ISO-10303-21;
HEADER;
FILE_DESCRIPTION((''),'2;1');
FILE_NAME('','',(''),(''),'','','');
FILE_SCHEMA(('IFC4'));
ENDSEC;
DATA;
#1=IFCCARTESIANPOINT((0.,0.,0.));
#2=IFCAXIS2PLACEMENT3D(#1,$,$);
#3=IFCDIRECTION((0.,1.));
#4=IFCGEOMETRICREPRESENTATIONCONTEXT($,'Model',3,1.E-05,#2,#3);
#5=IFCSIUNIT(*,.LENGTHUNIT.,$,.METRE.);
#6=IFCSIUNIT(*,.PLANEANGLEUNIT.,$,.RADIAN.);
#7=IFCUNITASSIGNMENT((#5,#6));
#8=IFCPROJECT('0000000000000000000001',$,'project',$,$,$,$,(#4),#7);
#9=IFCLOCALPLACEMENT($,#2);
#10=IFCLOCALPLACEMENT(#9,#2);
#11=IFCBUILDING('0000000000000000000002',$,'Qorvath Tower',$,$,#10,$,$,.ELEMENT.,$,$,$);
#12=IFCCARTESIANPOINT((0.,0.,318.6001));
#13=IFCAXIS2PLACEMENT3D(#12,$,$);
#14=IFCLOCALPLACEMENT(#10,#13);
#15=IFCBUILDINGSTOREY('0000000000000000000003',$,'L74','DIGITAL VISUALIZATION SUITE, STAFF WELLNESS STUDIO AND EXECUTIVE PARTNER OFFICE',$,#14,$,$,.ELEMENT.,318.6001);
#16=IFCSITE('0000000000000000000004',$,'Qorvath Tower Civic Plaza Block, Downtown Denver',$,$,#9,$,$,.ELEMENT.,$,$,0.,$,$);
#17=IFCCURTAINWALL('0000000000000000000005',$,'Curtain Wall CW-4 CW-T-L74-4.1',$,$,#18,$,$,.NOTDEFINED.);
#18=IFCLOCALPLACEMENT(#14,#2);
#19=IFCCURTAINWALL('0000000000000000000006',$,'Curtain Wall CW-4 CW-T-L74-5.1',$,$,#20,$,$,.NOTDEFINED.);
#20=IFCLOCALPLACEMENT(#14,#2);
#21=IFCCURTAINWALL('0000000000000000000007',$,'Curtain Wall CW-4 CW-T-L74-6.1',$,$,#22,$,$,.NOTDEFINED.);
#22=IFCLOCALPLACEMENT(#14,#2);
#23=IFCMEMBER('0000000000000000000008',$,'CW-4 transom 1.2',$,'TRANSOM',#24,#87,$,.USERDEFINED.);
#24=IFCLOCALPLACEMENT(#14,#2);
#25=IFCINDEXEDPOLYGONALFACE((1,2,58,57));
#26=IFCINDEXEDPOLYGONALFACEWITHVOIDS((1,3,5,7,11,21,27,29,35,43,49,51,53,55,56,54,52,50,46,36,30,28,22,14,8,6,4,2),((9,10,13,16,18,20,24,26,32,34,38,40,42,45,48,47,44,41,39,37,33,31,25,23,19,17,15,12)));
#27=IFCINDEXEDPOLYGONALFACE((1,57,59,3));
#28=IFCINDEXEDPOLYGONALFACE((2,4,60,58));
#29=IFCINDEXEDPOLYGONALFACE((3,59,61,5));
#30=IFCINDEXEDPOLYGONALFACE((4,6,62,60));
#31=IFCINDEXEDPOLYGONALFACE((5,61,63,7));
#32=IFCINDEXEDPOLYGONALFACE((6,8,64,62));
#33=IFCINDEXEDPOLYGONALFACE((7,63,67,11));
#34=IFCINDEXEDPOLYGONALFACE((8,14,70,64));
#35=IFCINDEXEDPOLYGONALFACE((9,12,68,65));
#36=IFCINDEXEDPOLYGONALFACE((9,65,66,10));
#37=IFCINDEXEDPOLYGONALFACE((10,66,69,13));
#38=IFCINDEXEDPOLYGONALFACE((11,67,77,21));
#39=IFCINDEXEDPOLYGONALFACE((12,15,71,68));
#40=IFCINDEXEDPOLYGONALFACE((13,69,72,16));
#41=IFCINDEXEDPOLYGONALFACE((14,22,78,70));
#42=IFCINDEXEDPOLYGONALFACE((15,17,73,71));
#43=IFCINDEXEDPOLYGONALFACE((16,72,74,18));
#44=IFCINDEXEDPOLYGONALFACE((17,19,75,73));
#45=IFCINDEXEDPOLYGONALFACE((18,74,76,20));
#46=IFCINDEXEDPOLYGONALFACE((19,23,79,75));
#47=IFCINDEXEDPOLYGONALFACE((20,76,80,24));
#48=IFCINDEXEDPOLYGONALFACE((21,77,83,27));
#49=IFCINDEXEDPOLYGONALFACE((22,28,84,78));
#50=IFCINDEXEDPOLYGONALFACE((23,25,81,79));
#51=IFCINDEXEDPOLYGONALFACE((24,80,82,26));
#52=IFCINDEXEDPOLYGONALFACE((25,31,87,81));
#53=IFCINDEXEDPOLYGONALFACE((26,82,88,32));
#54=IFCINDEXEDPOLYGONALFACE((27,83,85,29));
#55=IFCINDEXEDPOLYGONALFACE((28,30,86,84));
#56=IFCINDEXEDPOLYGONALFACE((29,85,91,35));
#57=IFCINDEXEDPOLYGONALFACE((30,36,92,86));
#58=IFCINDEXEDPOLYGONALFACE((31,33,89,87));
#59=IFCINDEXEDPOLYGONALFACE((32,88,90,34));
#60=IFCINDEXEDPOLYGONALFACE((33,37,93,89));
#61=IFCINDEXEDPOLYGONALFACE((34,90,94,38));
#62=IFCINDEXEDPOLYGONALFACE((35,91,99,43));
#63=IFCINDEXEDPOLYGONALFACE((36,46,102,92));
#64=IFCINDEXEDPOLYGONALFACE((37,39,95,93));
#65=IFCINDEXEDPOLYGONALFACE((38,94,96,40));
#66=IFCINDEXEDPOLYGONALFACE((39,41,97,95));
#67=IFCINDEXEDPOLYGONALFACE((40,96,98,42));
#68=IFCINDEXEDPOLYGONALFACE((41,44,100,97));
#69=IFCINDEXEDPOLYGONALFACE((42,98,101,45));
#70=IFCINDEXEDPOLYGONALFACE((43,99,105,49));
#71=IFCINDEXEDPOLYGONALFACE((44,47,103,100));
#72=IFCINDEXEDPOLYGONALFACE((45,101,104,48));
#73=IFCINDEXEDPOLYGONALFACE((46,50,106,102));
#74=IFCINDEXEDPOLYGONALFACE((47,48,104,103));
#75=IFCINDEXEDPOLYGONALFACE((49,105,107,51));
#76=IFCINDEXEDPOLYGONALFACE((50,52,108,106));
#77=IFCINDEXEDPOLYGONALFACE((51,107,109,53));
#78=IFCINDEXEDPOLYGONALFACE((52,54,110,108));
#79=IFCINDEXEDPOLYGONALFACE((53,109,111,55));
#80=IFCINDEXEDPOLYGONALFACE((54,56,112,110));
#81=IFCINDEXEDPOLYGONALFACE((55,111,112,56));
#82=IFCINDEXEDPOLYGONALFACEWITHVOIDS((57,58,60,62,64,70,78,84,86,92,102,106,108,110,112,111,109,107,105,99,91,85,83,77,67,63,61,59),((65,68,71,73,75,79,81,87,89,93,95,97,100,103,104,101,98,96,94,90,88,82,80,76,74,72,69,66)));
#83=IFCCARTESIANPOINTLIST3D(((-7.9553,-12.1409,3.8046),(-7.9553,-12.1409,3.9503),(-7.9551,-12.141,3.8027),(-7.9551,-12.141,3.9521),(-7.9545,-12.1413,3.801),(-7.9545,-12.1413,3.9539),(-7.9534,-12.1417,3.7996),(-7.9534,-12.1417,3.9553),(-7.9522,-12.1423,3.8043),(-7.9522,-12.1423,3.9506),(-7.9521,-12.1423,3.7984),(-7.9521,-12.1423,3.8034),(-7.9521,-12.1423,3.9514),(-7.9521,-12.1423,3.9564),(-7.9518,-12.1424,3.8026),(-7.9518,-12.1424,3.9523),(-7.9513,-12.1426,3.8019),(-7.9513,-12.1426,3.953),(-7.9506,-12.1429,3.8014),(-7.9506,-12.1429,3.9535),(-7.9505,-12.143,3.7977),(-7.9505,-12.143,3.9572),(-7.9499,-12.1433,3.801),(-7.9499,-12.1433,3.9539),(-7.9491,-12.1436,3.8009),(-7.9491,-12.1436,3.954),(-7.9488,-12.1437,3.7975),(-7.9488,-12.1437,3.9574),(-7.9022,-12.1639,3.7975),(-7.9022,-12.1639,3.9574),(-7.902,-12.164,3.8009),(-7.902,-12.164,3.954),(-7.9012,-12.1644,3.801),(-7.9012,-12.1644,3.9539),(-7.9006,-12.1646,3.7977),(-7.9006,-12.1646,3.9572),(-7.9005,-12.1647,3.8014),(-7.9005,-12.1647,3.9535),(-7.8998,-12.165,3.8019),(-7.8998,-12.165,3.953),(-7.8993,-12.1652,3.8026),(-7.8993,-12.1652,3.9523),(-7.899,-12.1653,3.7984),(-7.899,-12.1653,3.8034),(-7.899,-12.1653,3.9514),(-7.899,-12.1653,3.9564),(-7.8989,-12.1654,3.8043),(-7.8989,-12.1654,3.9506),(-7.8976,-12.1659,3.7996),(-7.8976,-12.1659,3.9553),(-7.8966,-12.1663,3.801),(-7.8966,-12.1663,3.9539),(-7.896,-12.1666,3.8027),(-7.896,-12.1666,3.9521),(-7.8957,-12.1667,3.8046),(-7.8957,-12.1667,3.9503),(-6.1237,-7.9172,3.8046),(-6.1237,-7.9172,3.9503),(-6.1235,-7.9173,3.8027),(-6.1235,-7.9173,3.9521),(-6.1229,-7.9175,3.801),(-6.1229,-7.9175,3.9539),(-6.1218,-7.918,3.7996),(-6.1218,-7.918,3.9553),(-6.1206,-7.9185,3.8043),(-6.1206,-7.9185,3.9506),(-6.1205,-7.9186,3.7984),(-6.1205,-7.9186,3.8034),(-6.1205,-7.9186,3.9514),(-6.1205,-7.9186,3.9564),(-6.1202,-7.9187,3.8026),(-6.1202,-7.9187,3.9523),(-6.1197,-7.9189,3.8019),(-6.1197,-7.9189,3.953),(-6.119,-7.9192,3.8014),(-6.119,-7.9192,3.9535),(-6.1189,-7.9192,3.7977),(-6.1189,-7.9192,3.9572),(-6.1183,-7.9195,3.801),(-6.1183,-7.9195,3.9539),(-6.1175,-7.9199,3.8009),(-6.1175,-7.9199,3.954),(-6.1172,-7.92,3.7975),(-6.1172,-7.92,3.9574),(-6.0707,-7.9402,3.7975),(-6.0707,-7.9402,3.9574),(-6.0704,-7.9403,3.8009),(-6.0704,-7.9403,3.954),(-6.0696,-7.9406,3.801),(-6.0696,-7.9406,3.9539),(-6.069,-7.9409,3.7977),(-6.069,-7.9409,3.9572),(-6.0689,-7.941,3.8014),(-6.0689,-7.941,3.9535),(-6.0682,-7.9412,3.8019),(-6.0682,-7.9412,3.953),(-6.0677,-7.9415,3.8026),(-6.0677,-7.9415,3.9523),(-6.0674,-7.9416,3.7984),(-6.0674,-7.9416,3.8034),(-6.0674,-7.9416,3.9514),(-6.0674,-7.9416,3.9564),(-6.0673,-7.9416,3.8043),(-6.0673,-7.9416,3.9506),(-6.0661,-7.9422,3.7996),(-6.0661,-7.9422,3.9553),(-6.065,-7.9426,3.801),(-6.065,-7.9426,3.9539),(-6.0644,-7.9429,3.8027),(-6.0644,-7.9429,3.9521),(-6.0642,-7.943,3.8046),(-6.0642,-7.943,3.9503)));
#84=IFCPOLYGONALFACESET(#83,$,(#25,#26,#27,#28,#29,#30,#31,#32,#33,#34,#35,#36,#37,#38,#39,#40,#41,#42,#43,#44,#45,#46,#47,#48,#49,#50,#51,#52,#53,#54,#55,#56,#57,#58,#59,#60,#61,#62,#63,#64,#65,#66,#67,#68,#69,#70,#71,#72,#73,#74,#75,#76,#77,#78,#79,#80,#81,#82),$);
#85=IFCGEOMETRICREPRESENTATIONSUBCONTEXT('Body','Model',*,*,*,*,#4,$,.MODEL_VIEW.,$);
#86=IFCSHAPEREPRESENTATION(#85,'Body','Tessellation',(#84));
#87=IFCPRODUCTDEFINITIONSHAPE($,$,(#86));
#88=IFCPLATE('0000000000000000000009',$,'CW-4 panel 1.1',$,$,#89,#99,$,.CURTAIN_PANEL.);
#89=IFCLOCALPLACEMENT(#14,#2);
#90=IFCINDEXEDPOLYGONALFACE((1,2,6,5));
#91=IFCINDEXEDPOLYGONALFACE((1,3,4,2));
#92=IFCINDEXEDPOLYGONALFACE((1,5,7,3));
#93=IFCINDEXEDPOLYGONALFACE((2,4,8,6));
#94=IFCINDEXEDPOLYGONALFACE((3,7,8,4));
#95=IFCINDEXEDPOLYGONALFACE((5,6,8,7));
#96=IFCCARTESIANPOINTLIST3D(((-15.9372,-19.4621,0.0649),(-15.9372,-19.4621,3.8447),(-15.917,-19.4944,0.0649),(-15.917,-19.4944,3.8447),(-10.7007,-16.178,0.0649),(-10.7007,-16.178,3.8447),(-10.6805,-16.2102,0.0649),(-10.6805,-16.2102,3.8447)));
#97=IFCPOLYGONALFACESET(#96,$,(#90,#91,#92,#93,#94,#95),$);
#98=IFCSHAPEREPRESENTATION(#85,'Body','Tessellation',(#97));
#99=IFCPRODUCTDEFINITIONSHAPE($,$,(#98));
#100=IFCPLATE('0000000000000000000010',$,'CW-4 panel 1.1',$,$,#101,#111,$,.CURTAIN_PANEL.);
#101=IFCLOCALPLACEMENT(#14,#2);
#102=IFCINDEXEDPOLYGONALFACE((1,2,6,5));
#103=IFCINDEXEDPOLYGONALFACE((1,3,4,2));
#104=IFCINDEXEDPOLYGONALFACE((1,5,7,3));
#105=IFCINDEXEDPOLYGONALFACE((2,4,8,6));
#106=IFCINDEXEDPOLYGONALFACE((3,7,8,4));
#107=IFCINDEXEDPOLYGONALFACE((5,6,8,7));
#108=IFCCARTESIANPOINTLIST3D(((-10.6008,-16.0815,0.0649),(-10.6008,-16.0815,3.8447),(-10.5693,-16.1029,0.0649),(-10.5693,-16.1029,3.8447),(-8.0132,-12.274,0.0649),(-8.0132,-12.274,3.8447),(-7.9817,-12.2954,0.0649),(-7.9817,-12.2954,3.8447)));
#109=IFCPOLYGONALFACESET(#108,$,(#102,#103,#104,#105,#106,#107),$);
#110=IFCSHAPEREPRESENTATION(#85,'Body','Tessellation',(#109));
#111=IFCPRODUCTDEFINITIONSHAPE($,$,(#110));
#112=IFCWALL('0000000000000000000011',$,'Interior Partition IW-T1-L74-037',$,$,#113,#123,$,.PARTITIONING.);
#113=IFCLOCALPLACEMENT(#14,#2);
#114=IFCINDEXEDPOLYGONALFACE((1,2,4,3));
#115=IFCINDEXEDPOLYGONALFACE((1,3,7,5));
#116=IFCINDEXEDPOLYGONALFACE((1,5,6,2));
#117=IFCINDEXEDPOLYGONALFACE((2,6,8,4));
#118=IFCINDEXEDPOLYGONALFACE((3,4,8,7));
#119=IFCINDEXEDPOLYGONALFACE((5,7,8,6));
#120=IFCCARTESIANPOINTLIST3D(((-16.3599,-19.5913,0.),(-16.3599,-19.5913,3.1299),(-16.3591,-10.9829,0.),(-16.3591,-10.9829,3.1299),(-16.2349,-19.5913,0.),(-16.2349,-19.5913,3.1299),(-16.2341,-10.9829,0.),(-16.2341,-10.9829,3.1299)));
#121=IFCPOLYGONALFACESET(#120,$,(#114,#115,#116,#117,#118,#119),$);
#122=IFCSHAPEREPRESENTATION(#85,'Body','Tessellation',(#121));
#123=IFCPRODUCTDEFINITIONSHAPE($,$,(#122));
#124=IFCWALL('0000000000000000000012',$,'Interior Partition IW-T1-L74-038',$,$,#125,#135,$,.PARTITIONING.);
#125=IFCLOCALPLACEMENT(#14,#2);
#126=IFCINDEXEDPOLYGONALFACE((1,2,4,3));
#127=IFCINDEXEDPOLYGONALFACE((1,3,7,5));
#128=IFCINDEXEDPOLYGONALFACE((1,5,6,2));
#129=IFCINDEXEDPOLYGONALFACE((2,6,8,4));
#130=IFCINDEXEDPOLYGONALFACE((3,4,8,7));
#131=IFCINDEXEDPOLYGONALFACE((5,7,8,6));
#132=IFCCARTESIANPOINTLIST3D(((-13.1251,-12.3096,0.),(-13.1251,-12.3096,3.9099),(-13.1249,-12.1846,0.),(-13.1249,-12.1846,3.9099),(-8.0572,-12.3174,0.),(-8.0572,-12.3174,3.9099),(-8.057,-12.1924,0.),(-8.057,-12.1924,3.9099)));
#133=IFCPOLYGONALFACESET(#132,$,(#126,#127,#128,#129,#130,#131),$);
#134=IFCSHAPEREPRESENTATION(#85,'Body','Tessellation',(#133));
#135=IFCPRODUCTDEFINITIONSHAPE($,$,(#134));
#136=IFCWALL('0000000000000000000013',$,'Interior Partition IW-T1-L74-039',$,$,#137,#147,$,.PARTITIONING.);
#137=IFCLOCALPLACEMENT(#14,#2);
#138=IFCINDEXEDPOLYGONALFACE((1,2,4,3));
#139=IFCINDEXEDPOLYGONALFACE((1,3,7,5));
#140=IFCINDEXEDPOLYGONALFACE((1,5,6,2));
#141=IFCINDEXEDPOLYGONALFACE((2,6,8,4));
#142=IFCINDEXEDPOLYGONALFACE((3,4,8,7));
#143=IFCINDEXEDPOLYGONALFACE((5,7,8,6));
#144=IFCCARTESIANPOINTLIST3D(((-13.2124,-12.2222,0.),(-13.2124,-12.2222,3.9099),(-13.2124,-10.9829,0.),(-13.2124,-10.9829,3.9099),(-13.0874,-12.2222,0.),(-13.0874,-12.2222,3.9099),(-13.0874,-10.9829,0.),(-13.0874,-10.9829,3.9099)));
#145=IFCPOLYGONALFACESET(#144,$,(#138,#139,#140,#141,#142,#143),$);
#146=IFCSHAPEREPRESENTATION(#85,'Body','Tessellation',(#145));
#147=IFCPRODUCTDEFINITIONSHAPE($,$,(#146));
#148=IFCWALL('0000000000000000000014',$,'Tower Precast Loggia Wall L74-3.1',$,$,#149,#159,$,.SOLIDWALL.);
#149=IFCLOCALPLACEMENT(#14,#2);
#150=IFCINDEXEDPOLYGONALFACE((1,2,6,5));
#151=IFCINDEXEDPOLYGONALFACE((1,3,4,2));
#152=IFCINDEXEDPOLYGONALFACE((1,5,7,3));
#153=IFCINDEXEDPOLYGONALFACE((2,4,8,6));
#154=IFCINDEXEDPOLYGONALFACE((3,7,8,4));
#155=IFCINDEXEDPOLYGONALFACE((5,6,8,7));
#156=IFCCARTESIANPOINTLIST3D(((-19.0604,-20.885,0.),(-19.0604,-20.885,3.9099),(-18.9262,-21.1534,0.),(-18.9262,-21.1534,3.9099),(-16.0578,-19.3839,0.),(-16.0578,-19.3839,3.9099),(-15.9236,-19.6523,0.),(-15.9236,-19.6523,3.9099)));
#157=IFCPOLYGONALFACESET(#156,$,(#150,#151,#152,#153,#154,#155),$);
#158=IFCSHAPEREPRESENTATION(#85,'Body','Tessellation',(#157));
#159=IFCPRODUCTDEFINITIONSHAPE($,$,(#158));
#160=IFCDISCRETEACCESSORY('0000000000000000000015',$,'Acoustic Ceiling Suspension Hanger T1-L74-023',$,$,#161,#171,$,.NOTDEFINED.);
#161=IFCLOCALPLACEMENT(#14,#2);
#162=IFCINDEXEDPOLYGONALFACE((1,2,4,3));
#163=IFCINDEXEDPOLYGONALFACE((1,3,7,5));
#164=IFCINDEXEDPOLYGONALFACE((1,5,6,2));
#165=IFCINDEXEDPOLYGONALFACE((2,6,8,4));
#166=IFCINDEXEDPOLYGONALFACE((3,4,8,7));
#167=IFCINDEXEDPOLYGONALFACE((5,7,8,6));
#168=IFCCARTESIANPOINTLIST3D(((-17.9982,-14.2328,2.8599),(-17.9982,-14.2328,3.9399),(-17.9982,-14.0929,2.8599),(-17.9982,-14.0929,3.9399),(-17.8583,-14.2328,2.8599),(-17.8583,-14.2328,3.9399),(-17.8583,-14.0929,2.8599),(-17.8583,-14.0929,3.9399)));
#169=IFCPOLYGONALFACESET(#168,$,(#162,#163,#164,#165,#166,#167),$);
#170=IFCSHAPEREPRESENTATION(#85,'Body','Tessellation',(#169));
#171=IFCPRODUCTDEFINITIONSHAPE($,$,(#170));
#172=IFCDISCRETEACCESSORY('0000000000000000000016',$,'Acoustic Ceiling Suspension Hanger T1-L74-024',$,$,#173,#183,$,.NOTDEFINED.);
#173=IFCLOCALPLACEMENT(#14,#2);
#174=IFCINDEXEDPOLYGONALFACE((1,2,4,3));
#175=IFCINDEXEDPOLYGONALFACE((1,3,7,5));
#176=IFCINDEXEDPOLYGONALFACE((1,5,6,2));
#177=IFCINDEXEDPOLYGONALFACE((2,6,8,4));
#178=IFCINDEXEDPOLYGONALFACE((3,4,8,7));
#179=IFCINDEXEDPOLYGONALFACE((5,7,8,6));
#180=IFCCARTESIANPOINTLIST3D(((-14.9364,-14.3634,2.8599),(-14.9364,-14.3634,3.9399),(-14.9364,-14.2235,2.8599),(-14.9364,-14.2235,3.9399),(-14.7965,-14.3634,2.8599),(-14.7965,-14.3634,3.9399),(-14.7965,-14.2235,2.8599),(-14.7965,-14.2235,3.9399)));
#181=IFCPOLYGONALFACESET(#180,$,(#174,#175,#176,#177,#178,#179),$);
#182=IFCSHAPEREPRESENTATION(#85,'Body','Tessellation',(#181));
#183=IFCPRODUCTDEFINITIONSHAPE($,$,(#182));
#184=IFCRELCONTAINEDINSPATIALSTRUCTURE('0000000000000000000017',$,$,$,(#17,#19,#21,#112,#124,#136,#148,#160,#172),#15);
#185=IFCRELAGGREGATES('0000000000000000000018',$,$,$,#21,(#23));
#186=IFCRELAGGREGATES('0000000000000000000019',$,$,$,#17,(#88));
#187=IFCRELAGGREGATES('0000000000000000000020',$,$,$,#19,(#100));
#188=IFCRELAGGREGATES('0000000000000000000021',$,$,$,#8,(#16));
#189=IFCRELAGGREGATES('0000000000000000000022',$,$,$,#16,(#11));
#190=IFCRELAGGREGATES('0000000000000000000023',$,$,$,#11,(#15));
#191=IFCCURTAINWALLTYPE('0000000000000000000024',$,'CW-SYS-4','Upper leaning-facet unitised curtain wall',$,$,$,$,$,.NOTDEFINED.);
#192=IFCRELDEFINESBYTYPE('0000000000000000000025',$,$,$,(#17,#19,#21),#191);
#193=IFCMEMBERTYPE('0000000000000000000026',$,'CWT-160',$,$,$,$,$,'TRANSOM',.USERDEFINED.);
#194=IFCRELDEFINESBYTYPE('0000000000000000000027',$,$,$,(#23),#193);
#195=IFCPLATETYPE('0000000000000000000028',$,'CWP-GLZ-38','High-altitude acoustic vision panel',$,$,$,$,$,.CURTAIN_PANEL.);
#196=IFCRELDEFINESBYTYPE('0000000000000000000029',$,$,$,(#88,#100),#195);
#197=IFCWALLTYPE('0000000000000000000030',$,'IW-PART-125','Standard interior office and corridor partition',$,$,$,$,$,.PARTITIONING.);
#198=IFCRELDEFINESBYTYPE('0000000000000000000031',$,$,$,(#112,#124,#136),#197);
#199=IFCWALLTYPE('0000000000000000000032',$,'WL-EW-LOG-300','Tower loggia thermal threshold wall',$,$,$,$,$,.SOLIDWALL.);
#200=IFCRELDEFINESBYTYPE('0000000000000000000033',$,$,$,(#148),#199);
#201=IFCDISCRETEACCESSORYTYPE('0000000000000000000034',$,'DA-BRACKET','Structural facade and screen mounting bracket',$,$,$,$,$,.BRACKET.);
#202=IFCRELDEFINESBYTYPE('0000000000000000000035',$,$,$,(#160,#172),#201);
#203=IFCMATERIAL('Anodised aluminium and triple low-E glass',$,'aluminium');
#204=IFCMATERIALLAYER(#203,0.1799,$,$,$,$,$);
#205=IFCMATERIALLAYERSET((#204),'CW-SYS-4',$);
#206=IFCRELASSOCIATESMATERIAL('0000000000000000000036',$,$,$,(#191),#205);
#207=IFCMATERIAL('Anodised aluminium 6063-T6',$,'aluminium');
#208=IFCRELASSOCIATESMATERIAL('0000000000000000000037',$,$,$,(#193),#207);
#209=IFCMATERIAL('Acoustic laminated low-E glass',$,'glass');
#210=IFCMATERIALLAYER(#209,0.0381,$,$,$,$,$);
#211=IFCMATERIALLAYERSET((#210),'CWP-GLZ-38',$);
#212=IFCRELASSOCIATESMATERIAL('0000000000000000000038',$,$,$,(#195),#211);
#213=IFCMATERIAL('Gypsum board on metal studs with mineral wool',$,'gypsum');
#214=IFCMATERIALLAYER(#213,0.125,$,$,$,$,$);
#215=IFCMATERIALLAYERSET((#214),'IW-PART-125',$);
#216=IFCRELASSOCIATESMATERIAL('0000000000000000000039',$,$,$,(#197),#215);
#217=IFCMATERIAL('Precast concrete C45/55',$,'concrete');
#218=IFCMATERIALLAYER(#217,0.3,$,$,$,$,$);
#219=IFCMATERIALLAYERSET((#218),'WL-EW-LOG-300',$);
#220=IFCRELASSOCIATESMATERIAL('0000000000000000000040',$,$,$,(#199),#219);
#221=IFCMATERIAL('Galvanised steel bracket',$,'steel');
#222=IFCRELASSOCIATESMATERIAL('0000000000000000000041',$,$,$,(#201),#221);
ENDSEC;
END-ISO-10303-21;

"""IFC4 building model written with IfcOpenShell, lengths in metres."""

from ifc_helpers import new_model, si_unit, direction, frame, frame_2d, origin, origin_2d, place, context, subcontext, project, spatial, rectangle, hollow_rectangle, extrude, material, layer, layer_set, material_profile, profile_set, type_object, element, aggregate, save


model = new_model("IFC4")

# Units and contexts
model_context = context("Model", 3, precision=1e-05, world=origin(), true_north=direction((0.0, 1.0)))
body_context = subcontext(model_context, "Body", "Model", "MODEL_VIEW")
ifc_project = project(units=[si_unit("LENGTHUNIT", "METRE"), si_unit("PLANEANGLEUNIT", "RADIAN")], contexts=[model_context])

# Site, building, storey
site_placement = place(None, origin())
site = spatial("IfcSite", under=ifc_project, at=site_placement, Name="Qorvath Tower Civic Plaza Block, Downtown Denver", CompositionType="ELEMENT", RefElevation=0.0)
building_placement = place(site_placement, origin())
building = spatial("IfcBuilding", under=site, at=building_placement, Name="Qorvath Tower", CompositionType="ELEMENT")
storey_placement = place(building_placement, frame((0.0, 0.0, 318.6001)))
storey = spatial("IfcBuildingStorey", under=building, at=storey_placement, Name="L74", Description="DIGITAL VISUALIZATION SUITE, STAFF WELLNESS STUDIO AND EXECUTIVE PARTNER OFFICE", CompositionType="ELEMENT", Elevation=318.6001)

# Shared definitions
ifc_material_1 = material(Name="Anodised aluminium and triple low-E glass", Category="aluminium")
ifc_layer_1 = layer(ifc_material_1, 0.1799)
ifc_layer_set_1 = layer_set([ifc_layer_1], Name="CW-SYS-4")
curtain_wall_type = type_object("IfcCurtainWallType", Name="CW-SYS-4", Description="Upper leaning-facet unitised curtain wall", PredefinedType="NOTDEFINED", material=ifc_layer_set_1)

# Curtain walls
curtain_wall_1_placement = place(storey_placement, origin())
curtain_wall_1 = element("IfcCurtainWall", 1, at=curtain_wall_1_placement, inside=storey, type_object=curtain_wall_type, Name="Curtain Wall CW-4 CW-T-L74-4.1", PredefinedType="NOTDEFINED")
curtain_wall_2_placement = place(storey_placement, origin())
curtain_wall_2 = element("IfcCurtainWall", 2, at=curtain_wall_2_placement, inside=storey, type_object=curtain_wall_type, Name="Curtain Wall CW-4 CW-T-L74-5.1", PredefinedType="NOTDEFINED")

# Curtain wall
curtain_wall_3_placement = place(storey_placement, origin())
curtain_wall_3 = element("IfcCurtainWall", 3, at=curtain_wall_3_placement, inside=storey, type_object=curtain_wall_type, Name="Curtain Wall CW-4 CW-T-L74-6.1", PredefinedType="NOTDEFINED")

# Member
ifc_material_2 = material(Name="Anodised aluminium 6063-T6", Category="aluminium")
ifc_material_profile_1 = material_profile(ifc_material_2, hollow_rectangle(XDim=0.0649, YDim=0.1599, WallThickness=0.0034, InnerFilletRadius=0.0034, OuterFilletRadius=0.0071, at=origin_2d()), Name="CWT 160x65")
ifc_profile_set_1 = profile_set([ifc_material_profile_1], Name="Anodised aluminium 6063-T6")
member_type_1 = type_object("IfcMemberType", Name="CWT-160", ElementType="TRANSOM", PredefinedType="USERDEFINED", material=ifc_profile_set_1)
member_1_placement = place(storey_placement, frame((-7.9255, -12.1538, 3.8774), z_axis=(0.397846, 0.917452, 0.0), x_axis=(-0.917452, 0.397846, 0.0)))
member_1 = element("IfcMember", 4, at=member_1_placement, type_object=member_type_1, Name="CW-4 transom 1.2", ObjectType="TRANSOM", PredefinedType="USERDEFINED", context=body_context, shape_type="SweptSolid", body=[
    extrude(hollow_rectangle(XDim=0.0649, YDim=0.1599, WallThickness=0.0034, InnerFilletRadius=0.0034, OuterFilletRadius=0.0071, at=origin_2d()), origin(), (0.0, 0.0, 1.0), 4.6038),
])
aggregate(curtain_wall_3, [member_1])

# Plates
ifc_material_3 = material(Name="Acoustic laminated low-E glass", Category="glass")
ifc_layer_2 = layer(ifc_material_3, 0.0381)
ifc_layer_set_2 = layer_set([ifc_layer_2], Name="CWP-GLZ-38")
plate_type = type_object("IfcPlateType", Name="CWP-GLZ-38", Description="High-altitude acoustic vision panel", PredefinedType="CURTAIN_PANEL", material=ifc_layer_set_2)
plate_1_placement = place(storey_placement, frame((-13.3088, -17.8362, 0.0649), z_axis=(0.0, 0.0, 1.0), x_axis=(0.847173, 0.531317, 0.0)))
plate_1 = element("IfcPlate", 5, at=plate_1_placement, type_object=plate_type, Name="CW-4 panel 1.1", PredefinedType="CURTAIN_PANEL", context=body_context, shape_type="SweptSolid", body=[
    extrude(rectangle(XDim=6.1812, YDim=0.0381, at=origin_2d()), origin(), (0.0, 0.0, 1.0), 3.7798),
])
aggregate(curtain_wall_1, [plate_1])
plate_2_placement = place(storey_placement, frame((-9.2913, -14.1885, 0.0649), z_axis=(0.0, 0.0, 1.0), x_axis=(0.562082, 0.827082, 0.0)))
plate_2 = element("IfcPlate", 6, at=plate_2_placement, type_object=plate_type, Name="CW-4 panel 1.1", PredefinedType="CURTAIN_PANEL", context=body_context, shape_type="SweptSolid", body=[
    extrude(rectangle(XDim=4.6035, YDim=0.0381, at=origin_2d()), origin(), (0.0, 0.0, 1.0), 3.7798),
])
aggregate(curtain_wall_2, [plate_2])

# Walls
ifc_material_4 = material(Name="Gypsum board on metal studs with mineral wool", Category="gypsum")
ifc_layer_3 = layer(ifc_material_4, 0.125)
ifc_layer_set_3 = layer_set([ifc_layer_3], Name="IW-PART-125")
wall_type_1 = type_object("IfcWallType", Name="IW-PART-125", Description="Standard interior office and corridor partition", PredefinedType="PARTITIONING", material=ifc_layer_set_3)
wall_1_placement = place(storey_placement, frame((-16.2974, -19.5913, 0.0), z_axis=(0.0, 0.0, 1.0), x_axis=(0.000085, 1.0, 0.0)))
element("IfcWall", 7, at=wall_1_placement, inside=storey, type_object=wall_type_1, Name="Interior Partition IW-T1-L74-037", PredefinedType="PARTITIONING", context=body_context, shape_type="SweptSolid", body=[
    extrude(rectangle(XDim=8.6084, YDim=0.125, at=frame_2d((4.3042, 0.0))), origin(), (0.0, 0.0, 1.0), 3.1299),
])
wall_2_placement = place(storey_placement, frame((-8.0571, -12.2549, 0.0), z_axis=(0.0, 0.0, 1.0), x_axis=(-0.999999, 0.001542, 0.0)))
element("IfcWall", 8, at=wall_2_placement, inside=storey, type_object=wall_type_1, Name="Interior Partition IW-T1-L74-038", PredefinedType="PARTITIONING", context=body_context, shape_type="SweptSolid", body=[
    extrude(rectangle(XDim=5.0679, YDim=0.125, at=frame_2d((2.5339, 0.0))), origin(), (0.0, 0.0, 1.0), 3.9099),
])
wall_3_placement = place(storey_placement, frame((-13.1499, -12.2222, 0.0), z_axis=(0.0, 0.0, 1.0), x_axis=(0.0, 1.0, 0.0)))
element("IfcWall", 9, at=wall_3_placement, inside=storey, type_object=wall_type_1, Name="Interior Partition IW-T1-L74-039", PredefinedType="PARTITIONING", context=body_context, shape_type="SweptSolid", body=[
    extrude(rectangle(XDim=1.2393, YDim=0.125, at=frame_2d((0.6196, 0.0))), origin(), (0.0, 0.0, 1.0), 3.9099),
])
ifc_material_5 = material(Name="Precast concrete C45/55", Category="concrete")
ifc_layer_4 = layer(ifc_material_5, 0.3)
ifc_layer_set_4 = layer_set([ifc_layer_4], Name="WL-EW-LOG-300")
wall_type_2 = type_object("IfcWallType", Name="WL-EW-LOG-300", Description="Tower loggia thermal threshold wall", PredefinedType="SOLIDWALL", material=ifc_layer_set_4)
wall_4_placement = place(storey_placement, frame((-15.9907, -19.5181, 0.0), z_axis=(0.0, 0.0, 1.0), x_axis=(-0.894442, -0.447185, 0.0)))
element("IfcWall", 10, at=wall_4_placement, inside=storey, type_object=wall_type_2, Name="Tower Precast Loggia Wall L74-3.1", PredefinedType="SOLIDWALL", context=body_context, shape_type="SweptSolid", body=[
    extrude(rectangle(XDim=3.3569, YDim=0.3, at=frame_2d((1.6785, 0.0))), origin(), (0.0, 0.0, 1.0), 3.9099),
])

# Discrete accessories
ifc_material_6 = material(Name="Galvanised steel bracket", Category="steel")
discrete_accessory_type = type_object("IfcDiscreteAccessoryType", Name="DA-BRACKET", Description="Structural facade and screen mounting bracket", PredefinedType="BRACKET", material=ifc_material_6)
for number, where, z_axis, x_axis, name in (
    (11, (-17.9282, -14.1628, 2.8599), (0.0, 0.0, 1.0), (1.0, 0.0, 0.0), "Acoustic Ceiling Suspension Hanger T1-L74-023"),
    (12, (-14.8665, -14.2935, 2.8599), (0.0, 0.0, 1.0), (1.0, 0.0, 0.0), "Acoustic Ceiling Suspension Hanger T1-L74-024"),
):
    element("IfcDiscreteAccessory", number, at=place(storey_placement, frame(where, z_axis=z_axis, x_axis=x_axis)), inside=storey, type_object=discrete_accessory_type, Name=name, PredefinedType="NOTDEFINED", context=body_context, shape_type="SweptSolid", body=[
        extrude(rectangle(XDim=0.1399, YDim=0.1399, at=origin_2d()), origin(), (0.0, 0.0, 1.0), 1.0801),
    ])

save(model, "model.ifc")
